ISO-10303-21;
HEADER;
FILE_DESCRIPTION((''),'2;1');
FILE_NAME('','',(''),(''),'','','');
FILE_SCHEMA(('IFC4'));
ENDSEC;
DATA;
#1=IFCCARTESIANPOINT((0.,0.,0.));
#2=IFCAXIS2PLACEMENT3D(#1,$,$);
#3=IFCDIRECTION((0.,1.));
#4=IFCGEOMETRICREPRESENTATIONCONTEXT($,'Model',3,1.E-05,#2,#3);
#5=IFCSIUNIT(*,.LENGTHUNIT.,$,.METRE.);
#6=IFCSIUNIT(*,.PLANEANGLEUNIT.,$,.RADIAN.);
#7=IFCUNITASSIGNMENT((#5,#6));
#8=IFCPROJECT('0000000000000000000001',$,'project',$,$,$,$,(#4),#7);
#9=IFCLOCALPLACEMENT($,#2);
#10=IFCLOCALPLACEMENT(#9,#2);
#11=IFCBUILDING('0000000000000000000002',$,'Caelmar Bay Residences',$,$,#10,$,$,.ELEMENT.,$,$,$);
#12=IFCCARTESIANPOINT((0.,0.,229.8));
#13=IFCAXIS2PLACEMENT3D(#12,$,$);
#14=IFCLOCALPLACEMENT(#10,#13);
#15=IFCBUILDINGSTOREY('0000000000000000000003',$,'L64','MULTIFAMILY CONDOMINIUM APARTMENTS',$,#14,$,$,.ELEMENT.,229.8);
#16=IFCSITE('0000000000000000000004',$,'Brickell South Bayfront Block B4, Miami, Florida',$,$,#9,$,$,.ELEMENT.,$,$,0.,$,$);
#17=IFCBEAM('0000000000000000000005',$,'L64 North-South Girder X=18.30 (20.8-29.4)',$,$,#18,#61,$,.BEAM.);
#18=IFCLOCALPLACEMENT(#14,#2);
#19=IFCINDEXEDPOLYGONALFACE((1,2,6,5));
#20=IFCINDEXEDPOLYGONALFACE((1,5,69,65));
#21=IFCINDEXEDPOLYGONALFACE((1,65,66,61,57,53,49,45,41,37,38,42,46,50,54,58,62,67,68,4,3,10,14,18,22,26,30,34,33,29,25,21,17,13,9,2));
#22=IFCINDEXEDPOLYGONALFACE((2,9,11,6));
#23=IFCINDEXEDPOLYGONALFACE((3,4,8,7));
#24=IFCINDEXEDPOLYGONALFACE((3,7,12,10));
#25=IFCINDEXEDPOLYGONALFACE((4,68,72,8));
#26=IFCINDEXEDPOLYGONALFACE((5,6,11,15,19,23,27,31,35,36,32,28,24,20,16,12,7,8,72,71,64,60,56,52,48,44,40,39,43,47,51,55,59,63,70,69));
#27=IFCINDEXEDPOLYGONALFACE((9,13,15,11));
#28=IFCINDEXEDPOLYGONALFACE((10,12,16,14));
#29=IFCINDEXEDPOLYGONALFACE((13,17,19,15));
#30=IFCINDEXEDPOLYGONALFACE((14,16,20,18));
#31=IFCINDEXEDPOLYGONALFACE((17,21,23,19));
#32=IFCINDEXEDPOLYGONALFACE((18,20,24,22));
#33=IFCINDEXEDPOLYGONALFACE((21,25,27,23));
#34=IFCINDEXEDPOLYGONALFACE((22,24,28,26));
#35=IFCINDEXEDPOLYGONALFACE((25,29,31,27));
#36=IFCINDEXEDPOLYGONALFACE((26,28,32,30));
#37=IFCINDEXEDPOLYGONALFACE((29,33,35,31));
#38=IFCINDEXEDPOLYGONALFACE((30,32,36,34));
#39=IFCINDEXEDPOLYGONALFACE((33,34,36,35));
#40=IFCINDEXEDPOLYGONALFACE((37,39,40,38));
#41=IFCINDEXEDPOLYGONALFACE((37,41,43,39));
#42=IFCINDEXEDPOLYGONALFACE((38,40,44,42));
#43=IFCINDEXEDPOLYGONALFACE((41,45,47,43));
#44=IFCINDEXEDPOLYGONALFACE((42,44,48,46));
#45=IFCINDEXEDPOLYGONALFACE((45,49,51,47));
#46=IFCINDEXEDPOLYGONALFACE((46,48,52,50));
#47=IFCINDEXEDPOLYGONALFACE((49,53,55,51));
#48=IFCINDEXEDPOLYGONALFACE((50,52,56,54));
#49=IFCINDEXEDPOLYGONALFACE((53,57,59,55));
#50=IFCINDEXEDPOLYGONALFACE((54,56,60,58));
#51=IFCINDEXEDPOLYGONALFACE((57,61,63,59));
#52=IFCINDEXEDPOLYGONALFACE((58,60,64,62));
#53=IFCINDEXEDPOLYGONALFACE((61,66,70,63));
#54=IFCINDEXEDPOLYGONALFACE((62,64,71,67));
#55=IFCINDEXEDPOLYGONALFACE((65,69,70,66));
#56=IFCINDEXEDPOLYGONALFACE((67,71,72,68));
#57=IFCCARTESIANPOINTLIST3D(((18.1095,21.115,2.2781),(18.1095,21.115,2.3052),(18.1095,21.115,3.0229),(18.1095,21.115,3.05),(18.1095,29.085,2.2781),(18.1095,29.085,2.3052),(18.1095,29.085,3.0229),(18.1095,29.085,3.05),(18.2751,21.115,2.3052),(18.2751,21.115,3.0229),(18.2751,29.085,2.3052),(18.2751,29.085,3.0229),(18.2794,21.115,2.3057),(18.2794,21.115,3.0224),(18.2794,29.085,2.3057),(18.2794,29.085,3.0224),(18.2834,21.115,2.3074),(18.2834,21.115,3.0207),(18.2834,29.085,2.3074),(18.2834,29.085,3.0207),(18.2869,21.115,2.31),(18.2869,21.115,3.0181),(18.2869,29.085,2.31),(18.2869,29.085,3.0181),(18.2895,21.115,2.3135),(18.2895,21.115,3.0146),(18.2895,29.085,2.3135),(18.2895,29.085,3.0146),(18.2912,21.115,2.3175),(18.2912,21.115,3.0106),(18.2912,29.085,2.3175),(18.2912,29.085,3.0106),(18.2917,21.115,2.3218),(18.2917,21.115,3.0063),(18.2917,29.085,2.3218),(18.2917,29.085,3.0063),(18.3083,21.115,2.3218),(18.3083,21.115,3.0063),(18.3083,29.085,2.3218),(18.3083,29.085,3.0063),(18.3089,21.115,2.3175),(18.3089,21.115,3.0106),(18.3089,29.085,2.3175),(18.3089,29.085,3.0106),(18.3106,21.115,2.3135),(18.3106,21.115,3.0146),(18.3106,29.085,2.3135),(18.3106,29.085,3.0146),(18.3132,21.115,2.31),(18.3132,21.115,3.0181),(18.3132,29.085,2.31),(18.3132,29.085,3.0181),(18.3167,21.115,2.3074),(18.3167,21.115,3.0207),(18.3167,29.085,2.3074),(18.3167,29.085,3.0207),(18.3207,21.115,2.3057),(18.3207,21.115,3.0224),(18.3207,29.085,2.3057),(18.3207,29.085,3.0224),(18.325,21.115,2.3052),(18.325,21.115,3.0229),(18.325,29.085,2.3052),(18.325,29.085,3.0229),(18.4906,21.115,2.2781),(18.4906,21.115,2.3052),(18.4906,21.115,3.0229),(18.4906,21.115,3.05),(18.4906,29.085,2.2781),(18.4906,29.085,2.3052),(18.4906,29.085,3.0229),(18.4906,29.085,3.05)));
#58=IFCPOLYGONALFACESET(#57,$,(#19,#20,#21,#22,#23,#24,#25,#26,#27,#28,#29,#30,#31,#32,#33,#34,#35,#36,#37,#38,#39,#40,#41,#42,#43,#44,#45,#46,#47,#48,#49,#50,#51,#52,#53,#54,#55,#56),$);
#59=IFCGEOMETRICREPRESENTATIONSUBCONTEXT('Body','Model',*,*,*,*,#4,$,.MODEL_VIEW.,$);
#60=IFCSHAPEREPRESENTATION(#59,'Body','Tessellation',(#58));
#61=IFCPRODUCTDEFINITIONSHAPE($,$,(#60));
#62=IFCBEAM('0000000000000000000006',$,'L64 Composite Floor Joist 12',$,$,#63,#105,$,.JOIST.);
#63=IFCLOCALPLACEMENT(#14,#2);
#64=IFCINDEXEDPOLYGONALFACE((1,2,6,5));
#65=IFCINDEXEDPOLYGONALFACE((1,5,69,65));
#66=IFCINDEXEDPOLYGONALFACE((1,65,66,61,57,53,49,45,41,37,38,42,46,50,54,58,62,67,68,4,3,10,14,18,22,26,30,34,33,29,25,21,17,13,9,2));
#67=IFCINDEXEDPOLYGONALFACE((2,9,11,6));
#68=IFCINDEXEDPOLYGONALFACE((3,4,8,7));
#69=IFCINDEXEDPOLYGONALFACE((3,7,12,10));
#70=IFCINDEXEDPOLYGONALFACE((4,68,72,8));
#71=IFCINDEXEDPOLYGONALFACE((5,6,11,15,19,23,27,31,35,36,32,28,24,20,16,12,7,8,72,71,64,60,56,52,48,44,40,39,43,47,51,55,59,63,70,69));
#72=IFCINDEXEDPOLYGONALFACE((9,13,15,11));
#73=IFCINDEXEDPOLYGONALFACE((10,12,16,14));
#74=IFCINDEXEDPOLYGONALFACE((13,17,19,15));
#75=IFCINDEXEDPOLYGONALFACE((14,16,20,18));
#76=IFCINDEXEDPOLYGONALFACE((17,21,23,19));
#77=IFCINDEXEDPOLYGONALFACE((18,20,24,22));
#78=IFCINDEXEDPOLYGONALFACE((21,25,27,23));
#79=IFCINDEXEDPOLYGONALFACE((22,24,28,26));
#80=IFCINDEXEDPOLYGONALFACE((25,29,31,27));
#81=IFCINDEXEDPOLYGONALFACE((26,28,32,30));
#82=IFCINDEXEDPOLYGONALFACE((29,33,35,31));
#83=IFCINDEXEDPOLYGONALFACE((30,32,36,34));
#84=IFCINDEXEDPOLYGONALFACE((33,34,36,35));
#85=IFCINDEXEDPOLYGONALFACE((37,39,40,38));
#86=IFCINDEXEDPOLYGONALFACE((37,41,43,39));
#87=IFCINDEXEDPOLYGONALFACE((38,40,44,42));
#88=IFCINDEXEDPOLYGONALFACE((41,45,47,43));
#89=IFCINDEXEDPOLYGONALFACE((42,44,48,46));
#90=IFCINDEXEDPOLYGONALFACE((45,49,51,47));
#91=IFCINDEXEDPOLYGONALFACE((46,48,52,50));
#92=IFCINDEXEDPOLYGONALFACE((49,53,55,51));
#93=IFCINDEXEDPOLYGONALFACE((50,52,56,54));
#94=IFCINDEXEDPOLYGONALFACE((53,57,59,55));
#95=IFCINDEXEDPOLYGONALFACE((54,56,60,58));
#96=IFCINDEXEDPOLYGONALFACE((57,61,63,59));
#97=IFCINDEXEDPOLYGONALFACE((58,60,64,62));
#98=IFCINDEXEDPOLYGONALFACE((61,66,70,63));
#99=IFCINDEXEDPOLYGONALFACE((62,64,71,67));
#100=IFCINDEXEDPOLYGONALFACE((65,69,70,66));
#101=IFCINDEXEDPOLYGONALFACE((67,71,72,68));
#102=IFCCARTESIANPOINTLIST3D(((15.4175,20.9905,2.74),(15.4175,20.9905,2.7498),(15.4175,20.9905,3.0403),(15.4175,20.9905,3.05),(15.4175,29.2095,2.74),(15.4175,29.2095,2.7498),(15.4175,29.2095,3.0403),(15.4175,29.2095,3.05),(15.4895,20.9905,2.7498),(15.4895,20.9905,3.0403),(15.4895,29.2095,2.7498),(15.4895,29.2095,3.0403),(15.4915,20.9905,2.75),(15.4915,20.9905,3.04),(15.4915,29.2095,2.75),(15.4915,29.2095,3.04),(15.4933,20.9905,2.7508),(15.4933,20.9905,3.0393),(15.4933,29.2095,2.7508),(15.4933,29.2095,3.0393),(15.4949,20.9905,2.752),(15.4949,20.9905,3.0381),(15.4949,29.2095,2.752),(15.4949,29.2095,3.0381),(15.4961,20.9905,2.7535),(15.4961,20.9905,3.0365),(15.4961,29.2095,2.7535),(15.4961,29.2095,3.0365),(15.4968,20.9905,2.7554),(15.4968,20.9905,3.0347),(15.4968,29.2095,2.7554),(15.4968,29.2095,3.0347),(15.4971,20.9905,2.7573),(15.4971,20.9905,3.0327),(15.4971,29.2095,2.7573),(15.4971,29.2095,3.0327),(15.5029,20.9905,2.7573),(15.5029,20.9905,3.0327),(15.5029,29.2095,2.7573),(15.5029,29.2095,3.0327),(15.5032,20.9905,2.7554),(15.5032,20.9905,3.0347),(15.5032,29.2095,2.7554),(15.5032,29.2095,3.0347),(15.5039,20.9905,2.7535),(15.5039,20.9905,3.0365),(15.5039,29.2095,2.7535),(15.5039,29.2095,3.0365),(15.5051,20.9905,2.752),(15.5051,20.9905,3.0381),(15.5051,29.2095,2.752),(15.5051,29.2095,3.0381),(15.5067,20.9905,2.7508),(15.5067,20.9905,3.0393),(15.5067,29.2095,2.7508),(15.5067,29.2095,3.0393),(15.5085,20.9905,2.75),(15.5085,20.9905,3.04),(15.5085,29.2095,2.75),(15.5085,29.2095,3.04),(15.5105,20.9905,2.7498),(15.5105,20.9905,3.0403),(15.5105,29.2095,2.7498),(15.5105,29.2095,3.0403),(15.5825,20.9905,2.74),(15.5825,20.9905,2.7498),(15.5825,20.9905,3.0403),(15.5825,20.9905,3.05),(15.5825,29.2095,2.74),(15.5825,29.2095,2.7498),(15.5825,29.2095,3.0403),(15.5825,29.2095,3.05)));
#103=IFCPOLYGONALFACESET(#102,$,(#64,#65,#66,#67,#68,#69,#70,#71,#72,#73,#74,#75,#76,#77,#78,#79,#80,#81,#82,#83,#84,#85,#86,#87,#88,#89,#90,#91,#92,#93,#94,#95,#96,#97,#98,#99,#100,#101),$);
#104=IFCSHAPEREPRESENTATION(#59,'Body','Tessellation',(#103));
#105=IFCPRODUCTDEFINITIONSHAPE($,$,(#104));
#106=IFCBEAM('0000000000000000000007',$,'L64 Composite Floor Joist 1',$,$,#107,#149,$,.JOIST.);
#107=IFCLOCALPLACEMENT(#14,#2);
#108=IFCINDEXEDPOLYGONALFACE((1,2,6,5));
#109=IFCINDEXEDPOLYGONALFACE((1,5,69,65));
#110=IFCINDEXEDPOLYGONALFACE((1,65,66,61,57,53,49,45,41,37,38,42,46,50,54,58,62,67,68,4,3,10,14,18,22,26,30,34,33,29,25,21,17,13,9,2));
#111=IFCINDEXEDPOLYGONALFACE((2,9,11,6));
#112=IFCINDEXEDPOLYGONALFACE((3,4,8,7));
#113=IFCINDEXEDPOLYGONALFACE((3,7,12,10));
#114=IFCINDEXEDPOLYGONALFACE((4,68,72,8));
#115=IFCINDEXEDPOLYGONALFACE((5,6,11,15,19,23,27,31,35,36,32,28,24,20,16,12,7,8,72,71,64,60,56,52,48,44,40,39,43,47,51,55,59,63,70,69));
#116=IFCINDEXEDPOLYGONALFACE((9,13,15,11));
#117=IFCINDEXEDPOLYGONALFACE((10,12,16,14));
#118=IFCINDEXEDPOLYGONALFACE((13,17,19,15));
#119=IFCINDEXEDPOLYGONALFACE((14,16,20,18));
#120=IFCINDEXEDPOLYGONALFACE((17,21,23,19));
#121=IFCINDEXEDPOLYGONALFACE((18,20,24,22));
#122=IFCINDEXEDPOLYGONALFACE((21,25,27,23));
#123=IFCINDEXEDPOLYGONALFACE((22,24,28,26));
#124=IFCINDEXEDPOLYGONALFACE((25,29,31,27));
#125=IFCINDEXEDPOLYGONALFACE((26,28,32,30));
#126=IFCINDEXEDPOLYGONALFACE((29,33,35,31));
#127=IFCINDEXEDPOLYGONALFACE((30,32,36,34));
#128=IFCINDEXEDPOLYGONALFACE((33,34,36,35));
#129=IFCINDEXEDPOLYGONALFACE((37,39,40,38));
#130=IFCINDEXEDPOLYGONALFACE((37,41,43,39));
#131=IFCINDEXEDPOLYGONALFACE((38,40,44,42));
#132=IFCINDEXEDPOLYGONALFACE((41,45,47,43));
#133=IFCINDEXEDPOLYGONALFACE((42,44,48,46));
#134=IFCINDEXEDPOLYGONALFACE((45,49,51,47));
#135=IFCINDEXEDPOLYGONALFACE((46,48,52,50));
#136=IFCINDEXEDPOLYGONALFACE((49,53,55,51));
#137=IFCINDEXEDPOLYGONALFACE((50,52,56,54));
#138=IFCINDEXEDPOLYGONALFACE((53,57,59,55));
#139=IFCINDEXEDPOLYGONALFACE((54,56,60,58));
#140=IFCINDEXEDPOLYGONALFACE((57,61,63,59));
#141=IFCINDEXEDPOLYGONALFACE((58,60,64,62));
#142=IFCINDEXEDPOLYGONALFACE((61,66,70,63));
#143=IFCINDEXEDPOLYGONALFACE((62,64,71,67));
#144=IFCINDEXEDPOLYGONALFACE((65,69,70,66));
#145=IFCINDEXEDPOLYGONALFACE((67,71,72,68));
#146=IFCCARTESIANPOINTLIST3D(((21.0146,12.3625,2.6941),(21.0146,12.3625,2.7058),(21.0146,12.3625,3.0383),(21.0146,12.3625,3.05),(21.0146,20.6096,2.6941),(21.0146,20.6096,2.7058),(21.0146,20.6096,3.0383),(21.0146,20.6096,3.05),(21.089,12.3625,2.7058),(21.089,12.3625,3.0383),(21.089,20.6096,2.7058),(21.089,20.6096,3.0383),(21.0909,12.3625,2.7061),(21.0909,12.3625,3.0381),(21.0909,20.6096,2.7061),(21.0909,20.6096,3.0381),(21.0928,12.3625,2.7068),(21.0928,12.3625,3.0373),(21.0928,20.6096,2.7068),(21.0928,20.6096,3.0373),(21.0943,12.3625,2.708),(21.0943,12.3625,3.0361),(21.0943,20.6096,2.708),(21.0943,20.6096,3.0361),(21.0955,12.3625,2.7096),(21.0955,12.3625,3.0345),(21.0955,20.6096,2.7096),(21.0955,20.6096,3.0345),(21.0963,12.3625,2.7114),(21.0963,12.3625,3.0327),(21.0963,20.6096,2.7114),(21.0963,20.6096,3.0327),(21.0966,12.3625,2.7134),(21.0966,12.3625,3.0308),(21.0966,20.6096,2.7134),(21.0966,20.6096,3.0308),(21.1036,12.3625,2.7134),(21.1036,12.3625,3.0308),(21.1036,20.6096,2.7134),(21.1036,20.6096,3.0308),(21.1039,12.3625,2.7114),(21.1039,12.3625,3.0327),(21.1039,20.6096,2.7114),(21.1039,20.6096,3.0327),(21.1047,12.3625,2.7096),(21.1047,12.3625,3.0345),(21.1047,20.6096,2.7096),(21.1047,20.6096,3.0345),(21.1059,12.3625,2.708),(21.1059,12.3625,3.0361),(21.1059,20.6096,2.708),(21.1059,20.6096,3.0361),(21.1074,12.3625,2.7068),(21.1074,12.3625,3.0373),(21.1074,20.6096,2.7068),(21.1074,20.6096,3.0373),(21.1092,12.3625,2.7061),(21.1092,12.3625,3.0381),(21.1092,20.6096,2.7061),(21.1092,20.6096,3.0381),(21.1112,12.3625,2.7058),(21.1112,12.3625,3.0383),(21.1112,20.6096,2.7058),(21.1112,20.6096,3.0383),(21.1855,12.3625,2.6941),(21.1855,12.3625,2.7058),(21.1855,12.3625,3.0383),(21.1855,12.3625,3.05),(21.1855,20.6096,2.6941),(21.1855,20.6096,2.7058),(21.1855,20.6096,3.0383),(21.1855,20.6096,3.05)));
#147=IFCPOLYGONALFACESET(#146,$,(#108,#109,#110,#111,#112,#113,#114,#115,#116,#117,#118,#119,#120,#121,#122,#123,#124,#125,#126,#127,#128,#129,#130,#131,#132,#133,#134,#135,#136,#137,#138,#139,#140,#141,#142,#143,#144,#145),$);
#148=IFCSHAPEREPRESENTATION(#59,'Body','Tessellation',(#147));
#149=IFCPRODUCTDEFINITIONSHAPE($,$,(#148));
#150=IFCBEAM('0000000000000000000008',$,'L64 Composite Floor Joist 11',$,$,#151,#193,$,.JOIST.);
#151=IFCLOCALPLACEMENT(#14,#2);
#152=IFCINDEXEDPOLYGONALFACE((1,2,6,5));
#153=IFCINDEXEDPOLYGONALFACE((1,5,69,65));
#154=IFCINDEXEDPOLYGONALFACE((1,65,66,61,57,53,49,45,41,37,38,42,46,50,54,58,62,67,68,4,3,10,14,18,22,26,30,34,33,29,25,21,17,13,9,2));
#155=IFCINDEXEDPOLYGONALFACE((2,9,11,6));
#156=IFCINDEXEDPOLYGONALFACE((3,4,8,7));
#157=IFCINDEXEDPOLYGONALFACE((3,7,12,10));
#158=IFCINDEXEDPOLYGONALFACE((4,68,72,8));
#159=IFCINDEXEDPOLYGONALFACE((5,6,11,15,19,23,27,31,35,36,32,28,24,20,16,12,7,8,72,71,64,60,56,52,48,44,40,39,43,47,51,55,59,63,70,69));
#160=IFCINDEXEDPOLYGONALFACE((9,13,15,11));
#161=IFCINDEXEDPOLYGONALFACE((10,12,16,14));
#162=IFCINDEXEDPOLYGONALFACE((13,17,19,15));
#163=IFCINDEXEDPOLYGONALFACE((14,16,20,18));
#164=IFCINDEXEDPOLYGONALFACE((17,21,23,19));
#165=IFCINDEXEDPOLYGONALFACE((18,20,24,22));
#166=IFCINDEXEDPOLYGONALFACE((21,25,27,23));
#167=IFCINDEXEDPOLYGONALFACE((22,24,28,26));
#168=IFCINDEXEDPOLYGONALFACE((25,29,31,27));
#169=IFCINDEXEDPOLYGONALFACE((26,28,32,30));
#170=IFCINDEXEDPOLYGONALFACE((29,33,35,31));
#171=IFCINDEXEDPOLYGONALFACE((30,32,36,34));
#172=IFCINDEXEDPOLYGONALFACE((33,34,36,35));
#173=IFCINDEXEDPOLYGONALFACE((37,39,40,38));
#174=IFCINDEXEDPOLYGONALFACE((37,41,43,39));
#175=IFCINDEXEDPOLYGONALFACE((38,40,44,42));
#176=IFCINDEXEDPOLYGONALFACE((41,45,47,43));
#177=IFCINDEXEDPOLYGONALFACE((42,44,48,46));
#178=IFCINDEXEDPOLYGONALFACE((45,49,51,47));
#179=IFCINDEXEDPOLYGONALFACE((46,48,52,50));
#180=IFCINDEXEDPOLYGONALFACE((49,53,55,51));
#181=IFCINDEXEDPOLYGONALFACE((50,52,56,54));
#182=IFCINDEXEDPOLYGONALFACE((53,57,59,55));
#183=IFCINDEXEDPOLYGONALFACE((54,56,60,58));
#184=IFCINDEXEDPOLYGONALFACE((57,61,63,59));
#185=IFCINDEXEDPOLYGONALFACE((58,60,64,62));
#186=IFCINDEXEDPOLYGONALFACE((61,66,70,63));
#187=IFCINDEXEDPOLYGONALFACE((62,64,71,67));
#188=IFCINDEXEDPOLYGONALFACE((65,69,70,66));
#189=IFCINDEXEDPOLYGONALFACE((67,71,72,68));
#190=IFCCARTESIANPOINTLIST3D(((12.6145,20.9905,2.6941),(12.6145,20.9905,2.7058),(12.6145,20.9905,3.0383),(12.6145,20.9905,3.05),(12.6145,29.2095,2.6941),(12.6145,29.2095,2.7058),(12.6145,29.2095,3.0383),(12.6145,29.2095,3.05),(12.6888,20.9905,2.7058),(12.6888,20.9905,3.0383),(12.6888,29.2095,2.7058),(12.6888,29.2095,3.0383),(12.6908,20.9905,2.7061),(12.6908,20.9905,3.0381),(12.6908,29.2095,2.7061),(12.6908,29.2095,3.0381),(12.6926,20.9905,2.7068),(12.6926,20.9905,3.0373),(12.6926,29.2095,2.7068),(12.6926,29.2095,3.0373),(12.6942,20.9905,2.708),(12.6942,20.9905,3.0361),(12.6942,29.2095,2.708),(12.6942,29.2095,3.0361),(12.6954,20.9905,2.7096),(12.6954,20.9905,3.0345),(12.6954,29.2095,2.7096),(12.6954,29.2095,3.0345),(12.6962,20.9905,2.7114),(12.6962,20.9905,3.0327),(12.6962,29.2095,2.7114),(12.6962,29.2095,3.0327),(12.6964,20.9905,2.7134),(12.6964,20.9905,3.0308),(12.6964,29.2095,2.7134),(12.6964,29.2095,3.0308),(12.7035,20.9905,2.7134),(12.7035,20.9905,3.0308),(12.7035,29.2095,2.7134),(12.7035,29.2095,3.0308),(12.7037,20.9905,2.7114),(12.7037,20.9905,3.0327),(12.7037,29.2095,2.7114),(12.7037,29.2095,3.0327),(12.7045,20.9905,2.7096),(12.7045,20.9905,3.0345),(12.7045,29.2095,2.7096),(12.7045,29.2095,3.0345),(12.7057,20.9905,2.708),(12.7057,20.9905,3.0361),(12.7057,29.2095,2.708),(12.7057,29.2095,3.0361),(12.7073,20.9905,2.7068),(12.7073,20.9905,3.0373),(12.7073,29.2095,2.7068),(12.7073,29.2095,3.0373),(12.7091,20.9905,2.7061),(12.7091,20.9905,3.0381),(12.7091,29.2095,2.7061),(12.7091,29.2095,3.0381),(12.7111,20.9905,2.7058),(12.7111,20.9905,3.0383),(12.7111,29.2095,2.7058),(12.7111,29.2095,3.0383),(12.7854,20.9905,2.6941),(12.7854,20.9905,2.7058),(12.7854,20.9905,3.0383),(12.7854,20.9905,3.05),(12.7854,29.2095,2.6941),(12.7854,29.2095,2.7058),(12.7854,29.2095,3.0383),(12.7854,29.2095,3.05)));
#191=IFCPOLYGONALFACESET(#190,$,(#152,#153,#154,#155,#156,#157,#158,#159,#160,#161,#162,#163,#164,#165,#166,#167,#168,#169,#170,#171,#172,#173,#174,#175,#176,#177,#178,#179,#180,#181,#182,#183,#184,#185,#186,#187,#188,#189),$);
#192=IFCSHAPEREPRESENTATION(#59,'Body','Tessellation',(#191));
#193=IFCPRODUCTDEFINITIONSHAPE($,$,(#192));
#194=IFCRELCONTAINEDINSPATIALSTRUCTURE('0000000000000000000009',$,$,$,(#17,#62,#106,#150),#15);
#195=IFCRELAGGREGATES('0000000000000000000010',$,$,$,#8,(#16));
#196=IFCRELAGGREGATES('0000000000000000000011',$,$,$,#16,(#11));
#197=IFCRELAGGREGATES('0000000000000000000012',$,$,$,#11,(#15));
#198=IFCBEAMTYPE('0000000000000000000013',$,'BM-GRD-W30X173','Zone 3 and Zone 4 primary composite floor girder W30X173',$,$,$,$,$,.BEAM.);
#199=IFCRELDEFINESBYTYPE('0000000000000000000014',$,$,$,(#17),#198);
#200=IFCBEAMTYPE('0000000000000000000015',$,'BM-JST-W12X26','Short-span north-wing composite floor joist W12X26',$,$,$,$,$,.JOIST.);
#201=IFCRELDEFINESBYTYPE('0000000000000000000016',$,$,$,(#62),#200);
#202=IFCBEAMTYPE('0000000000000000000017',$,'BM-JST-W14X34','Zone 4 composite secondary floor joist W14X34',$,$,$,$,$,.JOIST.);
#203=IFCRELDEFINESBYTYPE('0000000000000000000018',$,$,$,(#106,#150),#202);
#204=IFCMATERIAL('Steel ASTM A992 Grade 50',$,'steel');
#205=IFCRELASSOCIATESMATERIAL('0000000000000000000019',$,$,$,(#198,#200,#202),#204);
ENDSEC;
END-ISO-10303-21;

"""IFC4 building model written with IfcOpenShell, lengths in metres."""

from ifc_helpers import new_model, si_unit, direction, frame, origin, origin_2d, place, context, subcontext, project, spatial, i_section, extrude, material, material_profile, profile_set, type_object, element, save


model = new_model("IFC4")

# Units and contexts
model_context = context("Model", 3, precision=1e-05, world=origin(), true_north=direction((0.0, 1.0)))
body_context = subcontext(model_context, "Body", "Model", "MODEL_VIEW")
ifc_project = project(units=[si_unit("LENGTHUNIT", "METRE"), si_unit("PLANEANGLEUNIT", "RADIAN")], contexts=[model_context])

# Site, building, storey
site_placement = place(None, origin())
site = spatial("IfcSite", under=ifc_project, at=site_placement, Name="Brickell South Bayfront Block B4, Miami, Florida", CompositionType="ELEMENT", RefElevation=0.0)
building_placement = place(site_placement, origin())
building = spatial("IfcBuilding", under=site, at=building_placement, Name="Caelmar Bay Residences", CompositionType="ELEMENT")
storey_placement = place(building_placement, frame((0.0, 0.0, 229.8)))
storey = spatial("IfcBuildingStorey", under=building, at=storey_placement, Name="L64", Description="MULTIFAMILY CONDOMINIUM APARTMENTS", CompositionType="ELEMENT", Elevation=229.8)

# Beams
ifc_material_1 = material(Name="Steel ASTM A992 Grade 50", Category="steel")
ifc_material_profile_1 = material_profile(ifc_material_1, i_section(OverallWidth=0.3811, OverallDepth=0.772, WebThickness=0.0166, FlangeThickness=0.0271, FilletRadius=0.0166, at=origin_2d()), Name="W30X173")
ifc_profile_set_1 = profile_set([ifc_material_profile_1], Name="Steel ASTM A992 Grade 50")
beam_type_1 = type_object("IfcBeamType", Name="BM-GRD-W30X173", Description="Zone 3 and Zone 4 primary composite floor girder W30X173", PredefinedType="BEAM", material=ifc_profile_set_1)
beam_1_placement = place(storey_placement, frame((18.3, 21.115, 2.6641), z_axis=(0.0, 1.0, 0.0), x_axis=(-1.0, 0.0, 0.0)))
element("IfcBeam", 1, at=beam_1_placement, inside=storey, type_object=beam_type_1, Name="L64 North-South Girder X=18.30 (20.8-29.4)", PredefinedType="BEAM", context=body_context, shape_type="SweptSolid", body=[
    extrude(i_section(OverallWidth=0.3811, OverallDepth=0.772, WebThickness=0.0166, FlangeThickness=0.0271, FilletRadius=0.0166, at=origin_2d()), origin(), (0.0, 0.0, 1.0), 7.97),
])
ifc_material_profile_2 = material_profile(ifc_material_1, i_section(OverallWidth=0.165, OverallDepth=0.3101, WebThickness=0.0059, FlangeThickness=0.0098, FilletRadius=0.0076, at=origin_2d()), Name="W12X26")
ifc_profile_set_2 = profile_set([ifc_material_profile_2], Name="Steel ASTM A992 Grade 50")
beam_type_2 = type_object("IfcBeamType", Name="BM-JST-W12X26", Description="Short-span north-wing composite floor joist W12X26", PredefinedType="JOIST", material=ifc_profile_set_2)
beam_2_placement = place(storey_placement, frame((15.5, 20.9905, 2.895), z_axis=(0.0, 1.0, 0.0), x_axis=(-1.0, 0.0, 0.0)))
element("IfcBeam", 2, at=beam_2_placement, inside=storey, type_object=beam_type_2, Name="L64 Composite Floor Joist 12", PredefinedType="JOIST", context=body_context, shape_type="SweptSolid", body=[
    extrude(i_section(OverallWidth=0.165, OverallDepth=0.3101, WebThickness=0.0059, FlangeThickness=0.0098, FilletRadius=0.0076, at=origin_2d()), origin(), (0.0, 0.0, 1.0), 8.219),
])
ifc_material_profile_3 = material_profile(ifc_material_1, i_section(OverallWidth=0.1709, OverallDepth=0.356, WebThickness=0.0071, FlangeThickness=0.0117, FilletRadius=0.0076, at=origin_2d()), Name="W14X34")
ifc_profile_set_3 = profile_set([ifc_material_profile_3], Name="Steel ASTM A992 Grade 50")
beam_type_3 = type_object("IfcBeamType", Name="BM-JST-W14X34", Description="Zone 4 composite secondary floor joist W14X34", PredefinedType="JOIST", material=ifc_profile_set_3)
beam_3_placement = place(storey_placement, frame((21.1001, 12.3625, 2.8721), z_axis=(0.0, 1.0, 0.0), x_axis=(-1.0, 0.0, 0.0)))
element("IfcBeam", 3, at=beam_3_placement, inside=storey, type_object=beam_type_3, Name="L64 Composite Floor Joist 1", PredefinedType="JOIST", context=body_context, shape_type="SweptSolid", body=[
    extrude(i_section(OverallWidth=0.1709, OverallDepth=0.356, WebThickness=0.0071, FlangeThickness=0.0117, FilletRadius=0.0076, at=origin_2d()), origin(), (0.0, 0.0, 1.0), 8.2471),
])
for number, where, z_axis, x_axis, name in (
    (4, (12.7, 20.9905, 2.8721), (0.0, 1.0, 0.0), (-1.0, 0.0, 0.0), "L64 Composite Floor Joist 11"),
):
    element("IfcBeam", number, at=place(storey_placement, frame(where, z_axis=z_axis, x_axis=x_axis)), inside=storey, type_object=beam_type_3, Name=name, PredefinedType="JOIST", context=body_context, shape_type="SweptSolid", body=[
        extrude(i_section(OverallWidth=0.1709, OverallDepth=0.356, WebThickness=0.0071, FlangeThickness=0.0117, FilletRadius=0.0076, at=origin_2d()), origin(), (0.0, 0.0, 1.0), 8.219),
    ])

save(model, "model.ifc")
